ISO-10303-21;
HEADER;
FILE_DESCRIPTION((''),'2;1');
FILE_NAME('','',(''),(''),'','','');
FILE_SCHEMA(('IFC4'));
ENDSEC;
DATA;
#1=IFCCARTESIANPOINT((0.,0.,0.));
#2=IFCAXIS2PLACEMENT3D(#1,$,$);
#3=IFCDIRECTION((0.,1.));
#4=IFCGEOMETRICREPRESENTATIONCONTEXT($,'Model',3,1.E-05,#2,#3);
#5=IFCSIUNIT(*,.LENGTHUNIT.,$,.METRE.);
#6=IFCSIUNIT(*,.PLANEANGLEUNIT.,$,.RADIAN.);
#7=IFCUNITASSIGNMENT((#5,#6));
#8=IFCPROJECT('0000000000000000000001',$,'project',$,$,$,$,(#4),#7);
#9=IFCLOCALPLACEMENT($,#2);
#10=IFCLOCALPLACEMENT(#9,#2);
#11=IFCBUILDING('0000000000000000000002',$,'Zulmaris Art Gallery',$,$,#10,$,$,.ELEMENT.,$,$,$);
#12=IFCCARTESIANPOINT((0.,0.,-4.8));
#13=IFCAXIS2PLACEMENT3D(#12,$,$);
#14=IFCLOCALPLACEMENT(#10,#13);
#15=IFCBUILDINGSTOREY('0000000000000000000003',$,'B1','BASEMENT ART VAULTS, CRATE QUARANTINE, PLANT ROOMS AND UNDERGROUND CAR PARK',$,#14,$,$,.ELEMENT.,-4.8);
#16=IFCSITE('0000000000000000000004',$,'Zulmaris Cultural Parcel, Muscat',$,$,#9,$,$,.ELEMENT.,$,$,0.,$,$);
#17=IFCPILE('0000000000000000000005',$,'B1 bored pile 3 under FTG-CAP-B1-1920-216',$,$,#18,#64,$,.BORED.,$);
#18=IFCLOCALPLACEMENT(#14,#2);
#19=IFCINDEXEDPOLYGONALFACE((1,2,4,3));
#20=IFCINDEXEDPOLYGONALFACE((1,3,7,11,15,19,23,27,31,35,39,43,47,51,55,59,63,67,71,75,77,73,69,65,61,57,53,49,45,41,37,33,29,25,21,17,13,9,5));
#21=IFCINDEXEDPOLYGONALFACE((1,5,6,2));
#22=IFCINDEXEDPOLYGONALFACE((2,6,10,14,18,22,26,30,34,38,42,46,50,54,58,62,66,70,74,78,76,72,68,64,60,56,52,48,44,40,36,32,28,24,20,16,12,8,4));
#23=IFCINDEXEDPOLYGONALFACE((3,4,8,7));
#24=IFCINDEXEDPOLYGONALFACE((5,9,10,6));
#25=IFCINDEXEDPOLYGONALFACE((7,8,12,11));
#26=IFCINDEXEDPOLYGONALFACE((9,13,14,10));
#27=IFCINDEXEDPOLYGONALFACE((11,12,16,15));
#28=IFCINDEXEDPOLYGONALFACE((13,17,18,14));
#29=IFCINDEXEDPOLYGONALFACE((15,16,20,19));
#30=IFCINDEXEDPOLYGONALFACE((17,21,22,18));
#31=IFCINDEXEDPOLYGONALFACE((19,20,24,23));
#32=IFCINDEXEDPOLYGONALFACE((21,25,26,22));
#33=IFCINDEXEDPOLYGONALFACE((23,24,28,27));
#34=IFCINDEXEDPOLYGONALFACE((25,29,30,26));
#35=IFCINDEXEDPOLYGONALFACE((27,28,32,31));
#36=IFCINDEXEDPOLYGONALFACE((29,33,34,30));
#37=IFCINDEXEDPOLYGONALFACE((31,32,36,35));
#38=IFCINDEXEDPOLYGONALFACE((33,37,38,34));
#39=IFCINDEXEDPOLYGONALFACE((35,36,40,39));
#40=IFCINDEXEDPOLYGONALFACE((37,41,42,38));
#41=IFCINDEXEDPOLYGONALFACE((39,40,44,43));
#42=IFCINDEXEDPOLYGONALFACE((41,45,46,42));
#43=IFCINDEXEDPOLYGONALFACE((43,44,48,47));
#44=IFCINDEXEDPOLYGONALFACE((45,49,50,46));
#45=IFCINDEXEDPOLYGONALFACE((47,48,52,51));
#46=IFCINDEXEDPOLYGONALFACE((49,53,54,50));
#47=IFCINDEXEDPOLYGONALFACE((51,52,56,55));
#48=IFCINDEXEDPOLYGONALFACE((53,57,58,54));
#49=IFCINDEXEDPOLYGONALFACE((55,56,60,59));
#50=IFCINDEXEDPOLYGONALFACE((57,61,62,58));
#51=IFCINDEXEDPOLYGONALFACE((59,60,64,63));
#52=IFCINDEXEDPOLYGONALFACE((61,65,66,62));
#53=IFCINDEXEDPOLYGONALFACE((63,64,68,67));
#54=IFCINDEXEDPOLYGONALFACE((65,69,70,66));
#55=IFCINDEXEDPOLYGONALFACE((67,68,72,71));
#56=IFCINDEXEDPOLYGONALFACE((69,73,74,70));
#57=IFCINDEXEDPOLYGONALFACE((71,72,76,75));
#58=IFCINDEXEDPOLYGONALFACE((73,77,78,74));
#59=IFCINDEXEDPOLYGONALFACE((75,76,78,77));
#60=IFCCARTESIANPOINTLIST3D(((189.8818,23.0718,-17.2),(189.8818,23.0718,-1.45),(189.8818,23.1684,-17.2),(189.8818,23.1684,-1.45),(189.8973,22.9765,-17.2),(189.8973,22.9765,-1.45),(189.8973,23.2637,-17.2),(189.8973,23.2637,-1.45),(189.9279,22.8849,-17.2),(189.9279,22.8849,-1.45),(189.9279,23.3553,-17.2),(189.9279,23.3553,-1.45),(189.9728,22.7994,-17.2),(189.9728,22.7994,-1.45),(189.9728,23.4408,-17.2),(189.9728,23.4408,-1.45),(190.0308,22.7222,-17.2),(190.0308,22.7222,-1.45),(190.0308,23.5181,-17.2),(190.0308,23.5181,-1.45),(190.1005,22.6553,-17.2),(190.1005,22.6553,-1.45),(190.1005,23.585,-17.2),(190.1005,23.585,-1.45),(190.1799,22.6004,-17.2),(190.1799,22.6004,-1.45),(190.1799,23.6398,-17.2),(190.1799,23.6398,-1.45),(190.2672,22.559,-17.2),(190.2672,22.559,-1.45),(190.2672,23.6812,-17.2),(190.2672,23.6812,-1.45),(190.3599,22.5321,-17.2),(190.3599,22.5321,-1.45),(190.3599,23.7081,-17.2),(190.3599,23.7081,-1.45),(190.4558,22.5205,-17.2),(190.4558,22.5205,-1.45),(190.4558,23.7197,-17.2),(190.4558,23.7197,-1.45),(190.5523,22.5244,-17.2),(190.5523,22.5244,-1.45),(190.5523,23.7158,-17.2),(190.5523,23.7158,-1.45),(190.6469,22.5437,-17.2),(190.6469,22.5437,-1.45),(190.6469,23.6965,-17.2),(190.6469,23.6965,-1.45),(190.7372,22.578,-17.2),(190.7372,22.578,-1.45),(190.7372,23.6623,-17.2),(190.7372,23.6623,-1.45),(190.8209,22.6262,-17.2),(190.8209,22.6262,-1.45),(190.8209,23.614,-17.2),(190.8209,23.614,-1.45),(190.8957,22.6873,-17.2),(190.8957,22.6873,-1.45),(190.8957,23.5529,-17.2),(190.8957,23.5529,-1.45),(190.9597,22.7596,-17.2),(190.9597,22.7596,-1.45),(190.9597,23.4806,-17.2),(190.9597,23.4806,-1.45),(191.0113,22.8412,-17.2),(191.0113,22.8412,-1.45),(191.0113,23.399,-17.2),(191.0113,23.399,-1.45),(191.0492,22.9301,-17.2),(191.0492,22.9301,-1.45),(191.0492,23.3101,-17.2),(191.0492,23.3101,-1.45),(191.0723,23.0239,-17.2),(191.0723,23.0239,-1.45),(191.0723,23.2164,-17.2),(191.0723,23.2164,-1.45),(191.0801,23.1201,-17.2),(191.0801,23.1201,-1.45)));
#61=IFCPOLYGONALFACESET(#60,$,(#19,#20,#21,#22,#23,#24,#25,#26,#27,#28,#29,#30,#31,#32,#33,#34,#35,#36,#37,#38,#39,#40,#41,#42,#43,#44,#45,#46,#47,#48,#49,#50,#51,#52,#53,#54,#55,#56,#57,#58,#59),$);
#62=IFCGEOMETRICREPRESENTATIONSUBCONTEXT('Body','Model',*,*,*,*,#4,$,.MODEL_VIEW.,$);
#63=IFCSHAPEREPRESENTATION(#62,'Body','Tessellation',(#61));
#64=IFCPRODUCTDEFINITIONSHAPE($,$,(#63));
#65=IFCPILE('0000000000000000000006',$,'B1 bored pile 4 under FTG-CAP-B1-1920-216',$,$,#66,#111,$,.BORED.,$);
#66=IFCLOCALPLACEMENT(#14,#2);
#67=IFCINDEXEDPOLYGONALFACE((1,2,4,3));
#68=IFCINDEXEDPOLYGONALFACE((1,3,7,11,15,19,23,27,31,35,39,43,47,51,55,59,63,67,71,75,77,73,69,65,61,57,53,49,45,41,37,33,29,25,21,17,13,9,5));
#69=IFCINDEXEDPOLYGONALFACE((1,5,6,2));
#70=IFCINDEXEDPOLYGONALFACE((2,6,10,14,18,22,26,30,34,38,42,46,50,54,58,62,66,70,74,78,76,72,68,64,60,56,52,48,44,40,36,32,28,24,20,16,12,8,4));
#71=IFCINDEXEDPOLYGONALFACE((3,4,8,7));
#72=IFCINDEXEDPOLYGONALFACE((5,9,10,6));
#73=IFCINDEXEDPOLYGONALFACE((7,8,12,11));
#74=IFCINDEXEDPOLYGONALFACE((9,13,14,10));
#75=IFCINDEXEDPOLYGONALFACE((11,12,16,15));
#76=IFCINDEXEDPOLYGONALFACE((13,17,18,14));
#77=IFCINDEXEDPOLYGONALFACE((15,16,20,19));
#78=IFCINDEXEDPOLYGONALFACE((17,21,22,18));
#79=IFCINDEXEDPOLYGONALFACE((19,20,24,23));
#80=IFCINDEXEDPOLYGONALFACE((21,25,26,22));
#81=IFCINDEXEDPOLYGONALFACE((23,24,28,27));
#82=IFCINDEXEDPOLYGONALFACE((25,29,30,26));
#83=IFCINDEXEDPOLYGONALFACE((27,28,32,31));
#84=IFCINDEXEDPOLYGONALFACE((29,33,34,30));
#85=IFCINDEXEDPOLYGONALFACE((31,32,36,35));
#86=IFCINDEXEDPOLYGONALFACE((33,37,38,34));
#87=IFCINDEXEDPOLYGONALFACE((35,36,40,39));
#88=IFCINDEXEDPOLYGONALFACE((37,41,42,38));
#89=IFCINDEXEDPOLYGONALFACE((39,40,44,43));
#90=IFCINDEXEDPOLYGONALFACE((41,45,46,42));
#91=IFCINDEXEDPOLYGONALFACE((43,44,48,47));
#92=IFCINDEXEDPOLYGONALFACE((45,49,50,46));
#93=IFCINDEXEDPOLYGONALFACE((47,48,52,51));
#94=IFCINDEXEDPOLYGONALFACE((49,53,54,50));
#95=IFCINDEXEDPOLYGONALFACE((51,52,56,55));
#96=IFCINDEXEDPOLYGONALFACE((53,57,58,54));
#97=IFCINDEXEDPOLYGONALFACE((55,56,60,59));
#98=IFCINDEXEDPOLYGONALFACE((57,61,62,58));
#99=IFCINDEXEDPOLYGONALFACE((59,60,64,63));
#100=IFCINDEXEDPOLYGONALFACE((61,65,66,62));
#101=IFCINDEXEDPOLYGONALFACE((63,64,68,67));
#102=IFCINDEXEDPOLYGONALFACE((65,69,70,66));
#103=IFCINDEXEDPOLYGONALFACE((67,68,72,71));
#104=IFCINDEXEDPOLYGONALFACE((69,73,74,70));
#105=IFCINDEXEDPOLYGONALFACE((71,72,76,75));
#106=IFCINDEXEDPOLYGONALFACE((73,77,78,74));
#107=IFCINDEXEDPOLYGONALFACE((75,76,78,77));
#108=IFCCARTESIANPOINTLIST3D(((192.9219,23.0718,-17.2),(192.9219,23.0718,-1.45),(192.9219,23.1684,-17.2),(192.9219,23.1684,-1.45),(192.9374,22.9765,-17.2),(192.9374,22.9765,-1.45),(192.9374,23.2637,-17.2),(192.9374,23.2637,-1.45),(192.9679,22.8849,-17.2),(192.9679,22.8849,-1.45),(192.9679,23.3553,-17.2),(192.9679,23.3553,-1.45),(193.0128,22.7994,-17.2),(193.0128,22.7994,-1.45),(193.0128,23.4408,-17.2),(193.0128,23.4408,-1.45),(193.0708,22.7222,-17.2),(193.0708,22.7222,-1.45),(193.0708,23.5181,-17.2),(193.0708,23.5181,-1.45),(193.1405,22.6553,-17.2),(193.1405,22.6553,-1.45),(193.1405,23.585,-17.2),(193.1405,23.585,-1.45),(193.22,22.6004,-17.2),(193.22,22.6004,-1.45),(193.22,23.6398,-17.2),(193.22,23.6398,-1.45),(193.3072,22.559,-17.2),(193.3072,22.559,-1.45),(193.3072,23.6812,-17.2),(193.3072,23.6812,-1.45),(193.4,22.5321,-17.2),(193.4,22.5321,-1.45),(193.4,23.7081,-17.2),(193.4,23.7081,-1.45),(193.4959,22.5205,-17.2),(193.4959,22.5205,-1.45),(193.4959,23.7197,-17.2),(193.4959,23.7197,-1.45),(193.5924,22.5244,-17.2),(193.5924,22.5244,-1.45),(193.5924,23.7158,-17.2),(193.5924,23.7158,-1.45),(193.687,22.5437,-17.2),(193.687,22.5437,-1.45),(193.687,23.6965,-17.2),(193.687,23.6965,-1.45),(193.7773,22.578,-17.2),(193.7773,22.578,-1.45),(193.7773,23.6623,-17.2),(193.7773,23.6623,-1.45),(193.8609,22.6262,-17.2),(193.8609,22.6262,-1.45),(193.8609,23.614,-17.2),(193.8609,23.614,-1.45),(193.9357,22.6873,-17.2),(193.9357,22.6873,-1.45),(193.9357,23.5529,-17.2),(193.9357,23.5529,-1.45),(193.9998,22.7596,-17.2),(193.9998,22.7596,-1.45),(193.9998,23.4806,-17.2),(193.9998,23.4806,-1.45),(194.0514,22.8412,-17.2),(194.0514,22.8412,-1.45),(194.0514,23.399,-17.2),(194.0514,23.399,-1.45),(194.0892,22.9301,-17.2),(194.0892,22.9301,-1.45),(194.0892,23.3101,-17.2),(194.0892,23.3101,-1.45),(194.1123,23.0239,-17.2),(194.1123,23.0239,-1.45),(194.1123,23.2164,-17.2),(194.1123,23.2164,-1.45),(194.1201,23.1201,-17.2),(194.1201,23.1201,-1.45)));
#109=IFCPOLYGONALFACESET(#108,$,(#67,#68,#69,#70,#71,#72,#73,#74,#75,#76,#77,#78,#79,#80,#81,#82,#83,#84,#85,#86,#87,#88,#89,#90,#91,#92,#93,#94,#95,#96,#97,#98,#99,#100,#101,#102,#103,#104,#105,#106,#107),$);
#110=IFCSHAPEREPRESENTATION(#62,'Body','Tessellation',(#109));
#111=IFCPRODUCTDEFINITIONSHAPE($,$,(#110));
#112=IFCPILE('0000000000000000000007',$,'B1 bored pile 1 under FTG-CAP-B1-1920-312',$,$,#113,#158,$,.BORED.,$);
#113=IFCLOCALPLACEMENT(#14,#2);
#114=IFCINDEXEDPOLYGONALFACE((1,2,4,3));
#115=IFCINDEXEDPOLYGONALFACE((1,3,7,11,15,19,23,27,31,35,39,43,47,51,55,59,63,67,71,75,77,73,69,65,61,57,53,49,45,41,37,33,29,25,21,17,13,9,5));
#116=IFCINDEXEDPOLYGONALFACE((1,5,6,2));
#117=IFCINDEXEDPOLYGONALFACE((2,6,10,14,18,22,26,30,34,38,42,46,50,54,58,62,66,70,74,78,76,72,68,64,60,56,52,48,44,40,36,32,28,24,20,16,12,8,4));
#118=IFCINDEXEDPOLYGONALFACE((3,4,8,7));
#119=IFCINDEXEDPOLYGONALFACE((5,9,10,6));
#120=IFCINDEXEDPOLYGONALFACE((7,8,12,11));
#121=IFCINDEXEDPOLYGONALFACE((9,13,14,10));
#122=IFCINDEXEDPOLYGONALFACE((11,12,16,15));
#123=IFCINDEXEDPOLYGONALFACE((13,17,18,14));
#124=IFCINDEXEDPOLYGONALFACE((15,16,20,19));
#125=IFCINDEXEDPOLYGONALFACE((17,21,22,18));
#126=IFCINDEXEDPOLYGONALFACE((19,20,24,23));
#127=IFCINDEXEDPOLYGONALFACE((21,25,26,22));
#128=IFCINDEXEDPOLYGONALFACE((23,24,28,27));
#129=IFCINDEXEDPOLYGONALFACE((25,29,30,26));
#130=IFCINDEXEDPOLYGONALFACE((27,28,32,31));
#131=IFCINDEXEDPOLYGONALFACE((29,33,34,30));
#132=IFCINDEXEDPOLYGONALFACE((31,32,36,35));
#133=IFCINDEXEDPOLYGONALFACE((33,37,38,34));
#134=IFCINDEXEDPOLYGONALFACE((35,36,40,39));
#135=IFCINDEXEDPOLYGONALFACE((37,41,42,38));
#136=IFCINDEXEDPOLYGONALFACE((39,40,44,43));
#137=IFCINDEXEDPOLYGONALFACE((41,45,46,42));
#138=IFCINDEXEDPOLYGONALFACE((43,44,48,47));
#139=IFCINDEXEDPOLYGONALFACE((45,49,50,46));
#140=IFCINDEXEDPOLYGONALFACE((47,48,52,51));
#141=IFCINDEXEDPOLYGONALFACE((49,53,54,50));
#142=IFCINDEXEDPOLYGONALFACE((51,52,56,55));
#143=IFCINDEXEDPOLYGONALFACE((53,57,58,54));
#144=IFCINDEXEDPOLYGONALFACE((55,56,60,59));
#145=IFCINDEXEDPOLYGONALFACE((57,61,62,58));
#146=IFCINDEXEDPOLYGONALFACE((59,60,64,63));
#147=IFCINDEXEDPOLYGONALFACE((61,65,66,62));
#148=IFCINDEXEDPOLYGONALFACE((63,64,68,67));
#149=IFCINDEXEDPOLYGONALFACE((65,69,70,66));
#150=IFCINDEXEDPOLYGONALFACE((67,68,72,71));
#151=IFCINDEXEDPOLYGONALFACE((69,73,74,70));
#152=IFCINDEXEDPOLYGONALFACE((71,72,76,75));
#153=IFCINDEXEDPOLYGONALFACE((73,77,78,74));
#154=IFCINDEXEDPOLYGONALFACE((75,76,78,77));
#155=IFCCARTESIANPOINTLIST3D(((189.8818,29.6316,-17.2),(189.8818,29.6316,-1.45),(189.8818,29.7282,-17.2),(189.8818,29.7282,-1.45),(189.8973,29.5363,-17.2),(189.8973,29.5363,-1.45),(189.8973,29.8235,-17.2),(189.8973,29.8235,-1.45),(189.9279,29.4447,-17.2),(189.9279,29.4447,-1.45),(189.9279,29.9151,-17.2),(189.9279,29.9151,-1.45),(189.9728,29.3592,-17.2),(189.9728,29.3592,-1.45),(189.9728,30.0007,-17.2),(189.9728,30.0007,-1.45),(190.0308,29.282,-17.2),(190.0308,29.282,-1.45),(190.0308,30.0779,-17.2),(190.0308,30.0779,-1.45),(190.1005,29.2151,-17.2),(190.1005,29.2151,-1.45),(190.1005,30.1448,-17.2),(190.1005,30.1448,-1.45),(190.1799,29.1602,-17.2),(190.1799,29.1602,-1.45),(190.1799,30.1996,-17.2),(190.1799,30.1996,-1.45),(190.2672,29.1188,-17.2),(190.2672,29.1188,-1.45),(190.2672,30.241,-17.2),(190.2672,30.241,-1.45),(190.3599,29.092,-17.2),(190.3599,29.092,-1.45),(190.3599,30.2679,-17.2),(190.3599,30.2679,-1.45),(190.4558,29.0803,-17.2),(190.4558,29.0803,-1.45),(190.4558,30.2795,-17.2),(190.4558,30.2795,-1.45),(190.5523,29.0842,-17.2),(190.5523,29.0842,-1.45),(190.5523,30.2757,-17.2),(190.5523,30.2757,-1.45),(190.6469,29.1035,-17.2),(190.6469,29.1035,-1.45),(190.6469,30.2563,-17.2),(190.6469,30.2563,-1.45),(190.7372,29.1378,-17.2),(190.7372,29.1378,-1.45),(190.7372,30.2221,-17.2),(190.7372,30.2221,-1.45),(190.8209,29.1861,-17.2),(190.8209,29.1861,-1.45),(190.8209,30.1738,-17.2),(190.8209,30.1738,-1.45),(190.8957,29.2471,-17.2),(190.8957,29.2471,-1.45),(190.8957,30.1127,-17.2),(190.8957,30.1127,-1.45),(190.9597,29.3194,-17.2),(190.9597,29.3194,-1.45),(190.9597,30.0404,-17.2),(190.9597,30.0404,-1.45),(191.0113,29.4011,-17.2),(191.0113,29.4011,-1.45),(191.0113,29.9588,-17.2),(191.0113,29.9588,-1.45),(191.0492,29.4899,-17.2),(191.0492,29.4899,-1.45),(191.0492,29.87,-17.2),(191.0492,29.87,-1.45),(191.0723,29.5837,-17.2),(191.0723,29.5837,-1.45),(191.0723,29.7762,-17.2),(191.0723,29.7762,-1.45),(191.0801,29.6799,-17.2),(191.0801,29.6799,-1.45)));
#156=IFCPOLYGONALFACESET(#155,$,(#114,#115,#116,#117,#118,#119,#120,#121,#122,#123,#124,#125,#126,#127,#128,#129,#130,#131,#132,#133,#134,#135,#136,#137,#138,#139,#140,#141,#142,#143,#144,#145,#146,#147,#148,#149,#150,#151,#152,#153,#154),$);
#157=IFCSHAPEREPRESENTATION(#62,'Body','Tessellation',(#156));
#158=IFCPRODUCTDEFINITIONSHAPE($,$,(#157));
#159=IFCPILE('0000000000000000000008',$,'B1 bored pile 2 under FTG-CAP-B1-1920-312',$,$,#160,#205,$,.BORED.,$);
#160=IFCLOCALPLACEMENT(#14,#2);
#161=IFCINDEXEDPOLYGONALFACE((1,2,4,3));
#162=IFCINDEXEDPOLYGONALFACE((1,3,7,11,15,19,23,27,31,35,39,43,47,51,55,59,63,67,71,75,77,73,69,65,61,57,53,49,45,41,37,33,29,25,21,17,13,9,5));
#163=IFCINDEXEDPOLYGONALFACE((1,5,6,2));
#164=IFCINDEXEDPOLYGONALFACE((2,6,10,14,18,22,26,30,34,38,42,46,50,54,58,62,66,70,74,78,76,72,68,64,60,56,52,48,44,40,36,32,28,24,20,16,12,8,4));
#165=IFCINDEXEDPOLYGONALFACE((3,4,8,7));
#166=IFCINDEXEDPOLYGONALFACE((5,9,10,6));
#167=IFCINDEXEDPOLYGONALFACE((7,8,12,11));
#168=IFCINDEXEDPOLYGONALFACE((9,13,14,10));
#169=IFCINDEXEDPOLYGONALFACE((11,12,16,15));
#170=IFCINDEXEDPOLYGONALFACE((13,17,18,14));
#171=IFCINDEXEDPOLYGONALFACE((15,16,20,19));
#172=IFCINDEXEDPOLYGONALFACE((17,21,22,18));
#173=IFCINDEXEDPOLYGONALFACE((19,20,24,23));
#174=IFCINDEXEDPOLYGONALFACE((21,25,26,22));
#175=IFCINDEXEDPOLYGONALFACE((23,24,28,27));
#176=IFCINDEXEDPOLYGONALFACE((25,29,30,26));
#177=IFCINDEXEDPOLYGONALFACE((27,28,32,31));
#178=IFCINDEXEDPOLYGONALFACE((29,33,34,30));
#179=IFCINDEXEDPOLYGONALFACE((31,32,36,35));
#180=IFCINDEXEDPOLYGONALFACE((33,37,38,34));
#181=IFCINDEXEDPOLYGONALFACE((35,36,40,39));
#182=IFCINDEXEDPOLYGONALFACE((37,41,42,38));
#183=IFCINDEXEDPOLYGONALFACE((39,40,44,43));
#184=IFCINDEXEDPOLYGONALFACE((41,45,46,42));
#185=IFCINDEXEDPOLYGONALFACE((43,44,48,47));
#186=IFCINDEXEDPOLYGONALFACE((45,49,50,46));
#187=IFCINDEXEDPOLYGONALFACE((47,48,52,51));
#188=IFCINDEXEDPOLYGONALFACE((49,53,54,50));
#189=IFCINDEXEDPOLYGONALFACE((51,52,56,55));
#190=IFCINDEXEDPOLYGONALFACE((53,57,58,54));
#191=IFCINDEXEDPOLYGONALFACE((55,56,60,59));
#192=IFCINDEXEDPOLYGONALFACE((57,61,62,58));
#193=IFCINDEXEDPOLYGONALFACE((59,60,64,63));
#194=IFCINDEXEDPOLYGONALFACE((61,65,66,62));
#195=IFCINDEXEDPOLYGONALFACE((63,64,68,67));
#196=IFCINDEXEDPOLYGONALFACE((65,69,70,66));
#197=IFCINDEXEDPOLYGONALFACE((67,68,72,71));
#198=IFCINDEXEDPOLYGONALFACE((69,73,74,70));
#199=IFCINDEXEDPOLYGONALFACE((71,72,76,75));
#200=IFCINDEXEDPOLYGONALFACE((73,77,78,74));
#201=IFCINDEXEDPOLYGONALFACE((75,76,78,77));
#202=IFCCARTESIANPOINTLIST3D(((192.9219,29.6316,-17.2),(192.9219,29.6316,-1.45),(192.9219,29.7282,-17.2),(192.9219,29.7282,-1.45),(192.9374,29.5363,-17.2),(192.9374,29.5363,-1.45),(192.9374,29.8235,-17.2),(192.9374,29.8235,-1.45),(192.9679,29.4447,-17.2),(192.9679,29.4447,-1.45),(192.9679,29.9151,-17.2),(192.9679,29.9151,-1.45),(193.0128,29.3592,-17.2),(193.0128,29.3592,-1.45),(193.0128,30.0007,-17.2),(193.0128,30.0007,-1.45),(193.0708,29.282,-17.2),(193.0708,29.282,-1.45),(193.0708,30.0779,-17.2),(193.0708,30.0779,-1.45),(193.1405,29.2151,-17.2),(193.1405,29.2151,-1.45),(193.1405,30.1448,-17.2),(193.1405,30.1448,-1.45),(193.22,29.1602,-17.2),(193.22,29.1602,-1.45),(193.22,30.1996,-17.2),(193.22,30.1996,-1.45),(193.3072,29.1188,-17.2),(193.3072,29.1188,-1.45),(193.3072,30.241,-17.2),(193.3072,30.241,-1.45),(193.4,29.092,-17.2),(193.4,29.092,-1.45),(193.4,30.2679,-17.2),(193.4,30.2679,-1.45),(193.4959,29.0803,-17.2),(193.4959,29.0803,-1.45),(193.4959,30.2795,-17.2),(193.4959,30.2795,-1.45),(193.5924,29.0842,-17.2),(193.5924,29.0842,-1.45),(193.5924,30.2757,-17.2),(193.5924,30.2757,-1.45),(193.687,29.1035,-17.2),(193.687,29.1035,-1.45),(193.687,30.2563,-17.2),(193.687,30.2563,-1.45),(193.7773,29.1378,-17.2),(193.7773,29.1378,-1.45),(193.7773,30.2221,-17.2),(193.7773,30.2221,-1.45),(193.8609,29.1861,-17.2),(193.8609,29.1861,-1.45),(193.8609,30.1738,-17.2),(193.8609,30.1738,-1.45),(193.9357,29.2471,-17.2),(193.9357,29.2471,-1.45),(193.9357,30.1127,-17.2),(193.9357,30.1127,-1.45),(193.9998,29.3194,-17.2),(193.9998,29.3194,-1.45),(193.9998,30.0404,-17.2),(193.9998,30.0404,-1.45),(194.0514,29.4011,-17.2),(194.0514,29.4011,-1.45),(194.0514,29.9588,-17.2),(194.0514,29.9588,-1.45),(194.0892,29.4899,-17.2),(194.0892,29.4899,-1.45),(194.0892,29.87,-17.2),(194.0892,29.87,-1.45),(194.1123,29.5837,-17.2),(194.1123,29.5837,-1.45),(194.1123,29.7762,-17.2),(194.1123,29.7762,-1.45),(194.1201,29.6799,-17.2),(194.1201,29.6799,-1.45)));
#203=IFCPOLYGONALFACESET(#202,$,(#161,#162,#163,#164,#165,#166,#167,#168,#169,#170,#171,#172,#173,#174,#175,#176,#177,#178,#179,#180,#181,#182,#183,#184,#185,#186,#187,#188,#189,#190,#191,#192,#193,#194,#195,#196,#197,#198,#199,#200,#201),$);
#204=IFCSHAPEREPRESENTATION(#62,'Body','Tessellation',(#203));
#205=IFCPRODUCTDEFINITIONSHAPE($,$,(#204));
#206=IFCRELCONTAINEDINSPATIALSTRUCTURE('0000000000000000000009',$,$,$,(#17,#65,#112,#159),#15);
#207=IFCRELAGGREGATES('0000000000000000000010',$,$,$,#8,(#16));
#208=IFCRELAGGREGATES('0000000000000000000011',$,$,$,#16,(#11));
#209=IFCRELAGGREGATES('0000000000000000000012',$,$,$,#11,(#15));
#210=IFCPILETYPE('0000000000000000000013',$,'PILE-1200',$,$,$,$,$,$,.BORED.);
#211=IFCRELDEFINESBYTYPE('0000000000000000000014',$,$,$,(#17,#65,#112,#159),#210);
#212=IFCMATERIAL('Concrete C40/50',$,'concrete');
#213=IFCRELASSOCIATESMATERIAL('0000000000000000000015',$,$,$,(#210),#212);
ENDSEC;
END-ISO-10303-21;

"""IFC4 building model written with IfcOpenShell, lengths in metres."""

from ifc_helpers import new_model, si_unit, direction, frame, origin, origin_2d, place, context, subcontext, project, spatial, circle, extrude, material, material_profile, profile_set, type_object, element, save


model = new_model("IFC4")

# Units and contexts
model_context = context("Model", 3, precision=1e-05, world=origin(), true_north=direction((0.0, 1.0)))
body_context = subcontext(model_context, "Body", "Model", "MODEL_VIEW")
ifc_project = project(units=[si_unit("LENGTHUNIT", "METRE"), si_unit("PLANEANGLEUNIT", "RADIAN")], contexts=[model_context])

# Site, building, storey
site_placement = place(None, origin())
site = spatial("IfcSite", under=ifc_project, at=site_placement, Name="Zulmaris Cultural Parcel, Muscat", CompositionType="ELEMENT", RefElevation=0.0)
building_placement = place(site_placement, origin())
building = spatial("IfcBuilding", under=site, at=building_placement, Name="Zulmaris Art Gallery", CompositionType="ELEMENT")
storey_placement = place(building_placement, frame((0.0, 0.0, -4.8)))
storey = spatial("IfcBuildingStorey", under=building, at=storey_placement, Name="B1", Description="BASEMENT ART VAULTS, CRATE QUARANTINE, PLANT ROOMS AND UNDERGROUND CAR PARK", CompositionType="ELEMENT", Elevation=-4.8)

# Piles
ifc_material_1 = material(Name="Concrete C40/50", Category="concrete")
ifc_material_profile_1 = material_profile(ifc_material_1, circle(Radius=0.6001, at=origin_2d()), Name="PILE DIA 1200")
ifc_profile_set_1 = profile_set([ifc_material_profile_1], Name="Concrete C40/50")
pile_type = type_object("IfcPileType", Name="PILE-1200", PredefinedType="BORED", material=ifc_profile_set_1)
for number, where, z_axis, x_axis, name in (
    (1, (190.48, 23.1201, -1.45), (0.0, 0.0, -1.0), (1.0, 0.0, 0.0), "B1 bored pile 3 under FTG-CAP-B1-1920-216"),
    (2, (193.52, 23.1201, -1.45), (0.0, 0.0, -1.0), (1.0, 0.0, 0.0), "B1 bored pile 4 under FTG-CAP-B1-1920-216"),
    (3, (190.48, 29.6799, -1.45), (0.0, 0.0, -1.0), (1.0, 0.0, 0.0), "B1 bored pile 1 under FTG-CAP-B1-1920-312"),
    (4, (193.52, 29.6799, -1.45), (0.0, 0.0, -1.0), (1.0, 0.0, 0.0), "B1 bored pile 2 under FTG-CAP-B1-1920-312"),
):
    element("IfcPile", number, at=place(storey_placement, frame(where, z_axis=z_axis, x_axis=x_axis)), inside=storey, type_object=pile_type, Name=name, PredefinedType="BORED", context=body_context, shape_type="SweptSolid", body=[
        extrude(circle(Radius=0.6001, at=origin_2d()), origin(), (0.0, 0.0, 1.0), 15.75),
    ])

save(model, "model.ifc")
